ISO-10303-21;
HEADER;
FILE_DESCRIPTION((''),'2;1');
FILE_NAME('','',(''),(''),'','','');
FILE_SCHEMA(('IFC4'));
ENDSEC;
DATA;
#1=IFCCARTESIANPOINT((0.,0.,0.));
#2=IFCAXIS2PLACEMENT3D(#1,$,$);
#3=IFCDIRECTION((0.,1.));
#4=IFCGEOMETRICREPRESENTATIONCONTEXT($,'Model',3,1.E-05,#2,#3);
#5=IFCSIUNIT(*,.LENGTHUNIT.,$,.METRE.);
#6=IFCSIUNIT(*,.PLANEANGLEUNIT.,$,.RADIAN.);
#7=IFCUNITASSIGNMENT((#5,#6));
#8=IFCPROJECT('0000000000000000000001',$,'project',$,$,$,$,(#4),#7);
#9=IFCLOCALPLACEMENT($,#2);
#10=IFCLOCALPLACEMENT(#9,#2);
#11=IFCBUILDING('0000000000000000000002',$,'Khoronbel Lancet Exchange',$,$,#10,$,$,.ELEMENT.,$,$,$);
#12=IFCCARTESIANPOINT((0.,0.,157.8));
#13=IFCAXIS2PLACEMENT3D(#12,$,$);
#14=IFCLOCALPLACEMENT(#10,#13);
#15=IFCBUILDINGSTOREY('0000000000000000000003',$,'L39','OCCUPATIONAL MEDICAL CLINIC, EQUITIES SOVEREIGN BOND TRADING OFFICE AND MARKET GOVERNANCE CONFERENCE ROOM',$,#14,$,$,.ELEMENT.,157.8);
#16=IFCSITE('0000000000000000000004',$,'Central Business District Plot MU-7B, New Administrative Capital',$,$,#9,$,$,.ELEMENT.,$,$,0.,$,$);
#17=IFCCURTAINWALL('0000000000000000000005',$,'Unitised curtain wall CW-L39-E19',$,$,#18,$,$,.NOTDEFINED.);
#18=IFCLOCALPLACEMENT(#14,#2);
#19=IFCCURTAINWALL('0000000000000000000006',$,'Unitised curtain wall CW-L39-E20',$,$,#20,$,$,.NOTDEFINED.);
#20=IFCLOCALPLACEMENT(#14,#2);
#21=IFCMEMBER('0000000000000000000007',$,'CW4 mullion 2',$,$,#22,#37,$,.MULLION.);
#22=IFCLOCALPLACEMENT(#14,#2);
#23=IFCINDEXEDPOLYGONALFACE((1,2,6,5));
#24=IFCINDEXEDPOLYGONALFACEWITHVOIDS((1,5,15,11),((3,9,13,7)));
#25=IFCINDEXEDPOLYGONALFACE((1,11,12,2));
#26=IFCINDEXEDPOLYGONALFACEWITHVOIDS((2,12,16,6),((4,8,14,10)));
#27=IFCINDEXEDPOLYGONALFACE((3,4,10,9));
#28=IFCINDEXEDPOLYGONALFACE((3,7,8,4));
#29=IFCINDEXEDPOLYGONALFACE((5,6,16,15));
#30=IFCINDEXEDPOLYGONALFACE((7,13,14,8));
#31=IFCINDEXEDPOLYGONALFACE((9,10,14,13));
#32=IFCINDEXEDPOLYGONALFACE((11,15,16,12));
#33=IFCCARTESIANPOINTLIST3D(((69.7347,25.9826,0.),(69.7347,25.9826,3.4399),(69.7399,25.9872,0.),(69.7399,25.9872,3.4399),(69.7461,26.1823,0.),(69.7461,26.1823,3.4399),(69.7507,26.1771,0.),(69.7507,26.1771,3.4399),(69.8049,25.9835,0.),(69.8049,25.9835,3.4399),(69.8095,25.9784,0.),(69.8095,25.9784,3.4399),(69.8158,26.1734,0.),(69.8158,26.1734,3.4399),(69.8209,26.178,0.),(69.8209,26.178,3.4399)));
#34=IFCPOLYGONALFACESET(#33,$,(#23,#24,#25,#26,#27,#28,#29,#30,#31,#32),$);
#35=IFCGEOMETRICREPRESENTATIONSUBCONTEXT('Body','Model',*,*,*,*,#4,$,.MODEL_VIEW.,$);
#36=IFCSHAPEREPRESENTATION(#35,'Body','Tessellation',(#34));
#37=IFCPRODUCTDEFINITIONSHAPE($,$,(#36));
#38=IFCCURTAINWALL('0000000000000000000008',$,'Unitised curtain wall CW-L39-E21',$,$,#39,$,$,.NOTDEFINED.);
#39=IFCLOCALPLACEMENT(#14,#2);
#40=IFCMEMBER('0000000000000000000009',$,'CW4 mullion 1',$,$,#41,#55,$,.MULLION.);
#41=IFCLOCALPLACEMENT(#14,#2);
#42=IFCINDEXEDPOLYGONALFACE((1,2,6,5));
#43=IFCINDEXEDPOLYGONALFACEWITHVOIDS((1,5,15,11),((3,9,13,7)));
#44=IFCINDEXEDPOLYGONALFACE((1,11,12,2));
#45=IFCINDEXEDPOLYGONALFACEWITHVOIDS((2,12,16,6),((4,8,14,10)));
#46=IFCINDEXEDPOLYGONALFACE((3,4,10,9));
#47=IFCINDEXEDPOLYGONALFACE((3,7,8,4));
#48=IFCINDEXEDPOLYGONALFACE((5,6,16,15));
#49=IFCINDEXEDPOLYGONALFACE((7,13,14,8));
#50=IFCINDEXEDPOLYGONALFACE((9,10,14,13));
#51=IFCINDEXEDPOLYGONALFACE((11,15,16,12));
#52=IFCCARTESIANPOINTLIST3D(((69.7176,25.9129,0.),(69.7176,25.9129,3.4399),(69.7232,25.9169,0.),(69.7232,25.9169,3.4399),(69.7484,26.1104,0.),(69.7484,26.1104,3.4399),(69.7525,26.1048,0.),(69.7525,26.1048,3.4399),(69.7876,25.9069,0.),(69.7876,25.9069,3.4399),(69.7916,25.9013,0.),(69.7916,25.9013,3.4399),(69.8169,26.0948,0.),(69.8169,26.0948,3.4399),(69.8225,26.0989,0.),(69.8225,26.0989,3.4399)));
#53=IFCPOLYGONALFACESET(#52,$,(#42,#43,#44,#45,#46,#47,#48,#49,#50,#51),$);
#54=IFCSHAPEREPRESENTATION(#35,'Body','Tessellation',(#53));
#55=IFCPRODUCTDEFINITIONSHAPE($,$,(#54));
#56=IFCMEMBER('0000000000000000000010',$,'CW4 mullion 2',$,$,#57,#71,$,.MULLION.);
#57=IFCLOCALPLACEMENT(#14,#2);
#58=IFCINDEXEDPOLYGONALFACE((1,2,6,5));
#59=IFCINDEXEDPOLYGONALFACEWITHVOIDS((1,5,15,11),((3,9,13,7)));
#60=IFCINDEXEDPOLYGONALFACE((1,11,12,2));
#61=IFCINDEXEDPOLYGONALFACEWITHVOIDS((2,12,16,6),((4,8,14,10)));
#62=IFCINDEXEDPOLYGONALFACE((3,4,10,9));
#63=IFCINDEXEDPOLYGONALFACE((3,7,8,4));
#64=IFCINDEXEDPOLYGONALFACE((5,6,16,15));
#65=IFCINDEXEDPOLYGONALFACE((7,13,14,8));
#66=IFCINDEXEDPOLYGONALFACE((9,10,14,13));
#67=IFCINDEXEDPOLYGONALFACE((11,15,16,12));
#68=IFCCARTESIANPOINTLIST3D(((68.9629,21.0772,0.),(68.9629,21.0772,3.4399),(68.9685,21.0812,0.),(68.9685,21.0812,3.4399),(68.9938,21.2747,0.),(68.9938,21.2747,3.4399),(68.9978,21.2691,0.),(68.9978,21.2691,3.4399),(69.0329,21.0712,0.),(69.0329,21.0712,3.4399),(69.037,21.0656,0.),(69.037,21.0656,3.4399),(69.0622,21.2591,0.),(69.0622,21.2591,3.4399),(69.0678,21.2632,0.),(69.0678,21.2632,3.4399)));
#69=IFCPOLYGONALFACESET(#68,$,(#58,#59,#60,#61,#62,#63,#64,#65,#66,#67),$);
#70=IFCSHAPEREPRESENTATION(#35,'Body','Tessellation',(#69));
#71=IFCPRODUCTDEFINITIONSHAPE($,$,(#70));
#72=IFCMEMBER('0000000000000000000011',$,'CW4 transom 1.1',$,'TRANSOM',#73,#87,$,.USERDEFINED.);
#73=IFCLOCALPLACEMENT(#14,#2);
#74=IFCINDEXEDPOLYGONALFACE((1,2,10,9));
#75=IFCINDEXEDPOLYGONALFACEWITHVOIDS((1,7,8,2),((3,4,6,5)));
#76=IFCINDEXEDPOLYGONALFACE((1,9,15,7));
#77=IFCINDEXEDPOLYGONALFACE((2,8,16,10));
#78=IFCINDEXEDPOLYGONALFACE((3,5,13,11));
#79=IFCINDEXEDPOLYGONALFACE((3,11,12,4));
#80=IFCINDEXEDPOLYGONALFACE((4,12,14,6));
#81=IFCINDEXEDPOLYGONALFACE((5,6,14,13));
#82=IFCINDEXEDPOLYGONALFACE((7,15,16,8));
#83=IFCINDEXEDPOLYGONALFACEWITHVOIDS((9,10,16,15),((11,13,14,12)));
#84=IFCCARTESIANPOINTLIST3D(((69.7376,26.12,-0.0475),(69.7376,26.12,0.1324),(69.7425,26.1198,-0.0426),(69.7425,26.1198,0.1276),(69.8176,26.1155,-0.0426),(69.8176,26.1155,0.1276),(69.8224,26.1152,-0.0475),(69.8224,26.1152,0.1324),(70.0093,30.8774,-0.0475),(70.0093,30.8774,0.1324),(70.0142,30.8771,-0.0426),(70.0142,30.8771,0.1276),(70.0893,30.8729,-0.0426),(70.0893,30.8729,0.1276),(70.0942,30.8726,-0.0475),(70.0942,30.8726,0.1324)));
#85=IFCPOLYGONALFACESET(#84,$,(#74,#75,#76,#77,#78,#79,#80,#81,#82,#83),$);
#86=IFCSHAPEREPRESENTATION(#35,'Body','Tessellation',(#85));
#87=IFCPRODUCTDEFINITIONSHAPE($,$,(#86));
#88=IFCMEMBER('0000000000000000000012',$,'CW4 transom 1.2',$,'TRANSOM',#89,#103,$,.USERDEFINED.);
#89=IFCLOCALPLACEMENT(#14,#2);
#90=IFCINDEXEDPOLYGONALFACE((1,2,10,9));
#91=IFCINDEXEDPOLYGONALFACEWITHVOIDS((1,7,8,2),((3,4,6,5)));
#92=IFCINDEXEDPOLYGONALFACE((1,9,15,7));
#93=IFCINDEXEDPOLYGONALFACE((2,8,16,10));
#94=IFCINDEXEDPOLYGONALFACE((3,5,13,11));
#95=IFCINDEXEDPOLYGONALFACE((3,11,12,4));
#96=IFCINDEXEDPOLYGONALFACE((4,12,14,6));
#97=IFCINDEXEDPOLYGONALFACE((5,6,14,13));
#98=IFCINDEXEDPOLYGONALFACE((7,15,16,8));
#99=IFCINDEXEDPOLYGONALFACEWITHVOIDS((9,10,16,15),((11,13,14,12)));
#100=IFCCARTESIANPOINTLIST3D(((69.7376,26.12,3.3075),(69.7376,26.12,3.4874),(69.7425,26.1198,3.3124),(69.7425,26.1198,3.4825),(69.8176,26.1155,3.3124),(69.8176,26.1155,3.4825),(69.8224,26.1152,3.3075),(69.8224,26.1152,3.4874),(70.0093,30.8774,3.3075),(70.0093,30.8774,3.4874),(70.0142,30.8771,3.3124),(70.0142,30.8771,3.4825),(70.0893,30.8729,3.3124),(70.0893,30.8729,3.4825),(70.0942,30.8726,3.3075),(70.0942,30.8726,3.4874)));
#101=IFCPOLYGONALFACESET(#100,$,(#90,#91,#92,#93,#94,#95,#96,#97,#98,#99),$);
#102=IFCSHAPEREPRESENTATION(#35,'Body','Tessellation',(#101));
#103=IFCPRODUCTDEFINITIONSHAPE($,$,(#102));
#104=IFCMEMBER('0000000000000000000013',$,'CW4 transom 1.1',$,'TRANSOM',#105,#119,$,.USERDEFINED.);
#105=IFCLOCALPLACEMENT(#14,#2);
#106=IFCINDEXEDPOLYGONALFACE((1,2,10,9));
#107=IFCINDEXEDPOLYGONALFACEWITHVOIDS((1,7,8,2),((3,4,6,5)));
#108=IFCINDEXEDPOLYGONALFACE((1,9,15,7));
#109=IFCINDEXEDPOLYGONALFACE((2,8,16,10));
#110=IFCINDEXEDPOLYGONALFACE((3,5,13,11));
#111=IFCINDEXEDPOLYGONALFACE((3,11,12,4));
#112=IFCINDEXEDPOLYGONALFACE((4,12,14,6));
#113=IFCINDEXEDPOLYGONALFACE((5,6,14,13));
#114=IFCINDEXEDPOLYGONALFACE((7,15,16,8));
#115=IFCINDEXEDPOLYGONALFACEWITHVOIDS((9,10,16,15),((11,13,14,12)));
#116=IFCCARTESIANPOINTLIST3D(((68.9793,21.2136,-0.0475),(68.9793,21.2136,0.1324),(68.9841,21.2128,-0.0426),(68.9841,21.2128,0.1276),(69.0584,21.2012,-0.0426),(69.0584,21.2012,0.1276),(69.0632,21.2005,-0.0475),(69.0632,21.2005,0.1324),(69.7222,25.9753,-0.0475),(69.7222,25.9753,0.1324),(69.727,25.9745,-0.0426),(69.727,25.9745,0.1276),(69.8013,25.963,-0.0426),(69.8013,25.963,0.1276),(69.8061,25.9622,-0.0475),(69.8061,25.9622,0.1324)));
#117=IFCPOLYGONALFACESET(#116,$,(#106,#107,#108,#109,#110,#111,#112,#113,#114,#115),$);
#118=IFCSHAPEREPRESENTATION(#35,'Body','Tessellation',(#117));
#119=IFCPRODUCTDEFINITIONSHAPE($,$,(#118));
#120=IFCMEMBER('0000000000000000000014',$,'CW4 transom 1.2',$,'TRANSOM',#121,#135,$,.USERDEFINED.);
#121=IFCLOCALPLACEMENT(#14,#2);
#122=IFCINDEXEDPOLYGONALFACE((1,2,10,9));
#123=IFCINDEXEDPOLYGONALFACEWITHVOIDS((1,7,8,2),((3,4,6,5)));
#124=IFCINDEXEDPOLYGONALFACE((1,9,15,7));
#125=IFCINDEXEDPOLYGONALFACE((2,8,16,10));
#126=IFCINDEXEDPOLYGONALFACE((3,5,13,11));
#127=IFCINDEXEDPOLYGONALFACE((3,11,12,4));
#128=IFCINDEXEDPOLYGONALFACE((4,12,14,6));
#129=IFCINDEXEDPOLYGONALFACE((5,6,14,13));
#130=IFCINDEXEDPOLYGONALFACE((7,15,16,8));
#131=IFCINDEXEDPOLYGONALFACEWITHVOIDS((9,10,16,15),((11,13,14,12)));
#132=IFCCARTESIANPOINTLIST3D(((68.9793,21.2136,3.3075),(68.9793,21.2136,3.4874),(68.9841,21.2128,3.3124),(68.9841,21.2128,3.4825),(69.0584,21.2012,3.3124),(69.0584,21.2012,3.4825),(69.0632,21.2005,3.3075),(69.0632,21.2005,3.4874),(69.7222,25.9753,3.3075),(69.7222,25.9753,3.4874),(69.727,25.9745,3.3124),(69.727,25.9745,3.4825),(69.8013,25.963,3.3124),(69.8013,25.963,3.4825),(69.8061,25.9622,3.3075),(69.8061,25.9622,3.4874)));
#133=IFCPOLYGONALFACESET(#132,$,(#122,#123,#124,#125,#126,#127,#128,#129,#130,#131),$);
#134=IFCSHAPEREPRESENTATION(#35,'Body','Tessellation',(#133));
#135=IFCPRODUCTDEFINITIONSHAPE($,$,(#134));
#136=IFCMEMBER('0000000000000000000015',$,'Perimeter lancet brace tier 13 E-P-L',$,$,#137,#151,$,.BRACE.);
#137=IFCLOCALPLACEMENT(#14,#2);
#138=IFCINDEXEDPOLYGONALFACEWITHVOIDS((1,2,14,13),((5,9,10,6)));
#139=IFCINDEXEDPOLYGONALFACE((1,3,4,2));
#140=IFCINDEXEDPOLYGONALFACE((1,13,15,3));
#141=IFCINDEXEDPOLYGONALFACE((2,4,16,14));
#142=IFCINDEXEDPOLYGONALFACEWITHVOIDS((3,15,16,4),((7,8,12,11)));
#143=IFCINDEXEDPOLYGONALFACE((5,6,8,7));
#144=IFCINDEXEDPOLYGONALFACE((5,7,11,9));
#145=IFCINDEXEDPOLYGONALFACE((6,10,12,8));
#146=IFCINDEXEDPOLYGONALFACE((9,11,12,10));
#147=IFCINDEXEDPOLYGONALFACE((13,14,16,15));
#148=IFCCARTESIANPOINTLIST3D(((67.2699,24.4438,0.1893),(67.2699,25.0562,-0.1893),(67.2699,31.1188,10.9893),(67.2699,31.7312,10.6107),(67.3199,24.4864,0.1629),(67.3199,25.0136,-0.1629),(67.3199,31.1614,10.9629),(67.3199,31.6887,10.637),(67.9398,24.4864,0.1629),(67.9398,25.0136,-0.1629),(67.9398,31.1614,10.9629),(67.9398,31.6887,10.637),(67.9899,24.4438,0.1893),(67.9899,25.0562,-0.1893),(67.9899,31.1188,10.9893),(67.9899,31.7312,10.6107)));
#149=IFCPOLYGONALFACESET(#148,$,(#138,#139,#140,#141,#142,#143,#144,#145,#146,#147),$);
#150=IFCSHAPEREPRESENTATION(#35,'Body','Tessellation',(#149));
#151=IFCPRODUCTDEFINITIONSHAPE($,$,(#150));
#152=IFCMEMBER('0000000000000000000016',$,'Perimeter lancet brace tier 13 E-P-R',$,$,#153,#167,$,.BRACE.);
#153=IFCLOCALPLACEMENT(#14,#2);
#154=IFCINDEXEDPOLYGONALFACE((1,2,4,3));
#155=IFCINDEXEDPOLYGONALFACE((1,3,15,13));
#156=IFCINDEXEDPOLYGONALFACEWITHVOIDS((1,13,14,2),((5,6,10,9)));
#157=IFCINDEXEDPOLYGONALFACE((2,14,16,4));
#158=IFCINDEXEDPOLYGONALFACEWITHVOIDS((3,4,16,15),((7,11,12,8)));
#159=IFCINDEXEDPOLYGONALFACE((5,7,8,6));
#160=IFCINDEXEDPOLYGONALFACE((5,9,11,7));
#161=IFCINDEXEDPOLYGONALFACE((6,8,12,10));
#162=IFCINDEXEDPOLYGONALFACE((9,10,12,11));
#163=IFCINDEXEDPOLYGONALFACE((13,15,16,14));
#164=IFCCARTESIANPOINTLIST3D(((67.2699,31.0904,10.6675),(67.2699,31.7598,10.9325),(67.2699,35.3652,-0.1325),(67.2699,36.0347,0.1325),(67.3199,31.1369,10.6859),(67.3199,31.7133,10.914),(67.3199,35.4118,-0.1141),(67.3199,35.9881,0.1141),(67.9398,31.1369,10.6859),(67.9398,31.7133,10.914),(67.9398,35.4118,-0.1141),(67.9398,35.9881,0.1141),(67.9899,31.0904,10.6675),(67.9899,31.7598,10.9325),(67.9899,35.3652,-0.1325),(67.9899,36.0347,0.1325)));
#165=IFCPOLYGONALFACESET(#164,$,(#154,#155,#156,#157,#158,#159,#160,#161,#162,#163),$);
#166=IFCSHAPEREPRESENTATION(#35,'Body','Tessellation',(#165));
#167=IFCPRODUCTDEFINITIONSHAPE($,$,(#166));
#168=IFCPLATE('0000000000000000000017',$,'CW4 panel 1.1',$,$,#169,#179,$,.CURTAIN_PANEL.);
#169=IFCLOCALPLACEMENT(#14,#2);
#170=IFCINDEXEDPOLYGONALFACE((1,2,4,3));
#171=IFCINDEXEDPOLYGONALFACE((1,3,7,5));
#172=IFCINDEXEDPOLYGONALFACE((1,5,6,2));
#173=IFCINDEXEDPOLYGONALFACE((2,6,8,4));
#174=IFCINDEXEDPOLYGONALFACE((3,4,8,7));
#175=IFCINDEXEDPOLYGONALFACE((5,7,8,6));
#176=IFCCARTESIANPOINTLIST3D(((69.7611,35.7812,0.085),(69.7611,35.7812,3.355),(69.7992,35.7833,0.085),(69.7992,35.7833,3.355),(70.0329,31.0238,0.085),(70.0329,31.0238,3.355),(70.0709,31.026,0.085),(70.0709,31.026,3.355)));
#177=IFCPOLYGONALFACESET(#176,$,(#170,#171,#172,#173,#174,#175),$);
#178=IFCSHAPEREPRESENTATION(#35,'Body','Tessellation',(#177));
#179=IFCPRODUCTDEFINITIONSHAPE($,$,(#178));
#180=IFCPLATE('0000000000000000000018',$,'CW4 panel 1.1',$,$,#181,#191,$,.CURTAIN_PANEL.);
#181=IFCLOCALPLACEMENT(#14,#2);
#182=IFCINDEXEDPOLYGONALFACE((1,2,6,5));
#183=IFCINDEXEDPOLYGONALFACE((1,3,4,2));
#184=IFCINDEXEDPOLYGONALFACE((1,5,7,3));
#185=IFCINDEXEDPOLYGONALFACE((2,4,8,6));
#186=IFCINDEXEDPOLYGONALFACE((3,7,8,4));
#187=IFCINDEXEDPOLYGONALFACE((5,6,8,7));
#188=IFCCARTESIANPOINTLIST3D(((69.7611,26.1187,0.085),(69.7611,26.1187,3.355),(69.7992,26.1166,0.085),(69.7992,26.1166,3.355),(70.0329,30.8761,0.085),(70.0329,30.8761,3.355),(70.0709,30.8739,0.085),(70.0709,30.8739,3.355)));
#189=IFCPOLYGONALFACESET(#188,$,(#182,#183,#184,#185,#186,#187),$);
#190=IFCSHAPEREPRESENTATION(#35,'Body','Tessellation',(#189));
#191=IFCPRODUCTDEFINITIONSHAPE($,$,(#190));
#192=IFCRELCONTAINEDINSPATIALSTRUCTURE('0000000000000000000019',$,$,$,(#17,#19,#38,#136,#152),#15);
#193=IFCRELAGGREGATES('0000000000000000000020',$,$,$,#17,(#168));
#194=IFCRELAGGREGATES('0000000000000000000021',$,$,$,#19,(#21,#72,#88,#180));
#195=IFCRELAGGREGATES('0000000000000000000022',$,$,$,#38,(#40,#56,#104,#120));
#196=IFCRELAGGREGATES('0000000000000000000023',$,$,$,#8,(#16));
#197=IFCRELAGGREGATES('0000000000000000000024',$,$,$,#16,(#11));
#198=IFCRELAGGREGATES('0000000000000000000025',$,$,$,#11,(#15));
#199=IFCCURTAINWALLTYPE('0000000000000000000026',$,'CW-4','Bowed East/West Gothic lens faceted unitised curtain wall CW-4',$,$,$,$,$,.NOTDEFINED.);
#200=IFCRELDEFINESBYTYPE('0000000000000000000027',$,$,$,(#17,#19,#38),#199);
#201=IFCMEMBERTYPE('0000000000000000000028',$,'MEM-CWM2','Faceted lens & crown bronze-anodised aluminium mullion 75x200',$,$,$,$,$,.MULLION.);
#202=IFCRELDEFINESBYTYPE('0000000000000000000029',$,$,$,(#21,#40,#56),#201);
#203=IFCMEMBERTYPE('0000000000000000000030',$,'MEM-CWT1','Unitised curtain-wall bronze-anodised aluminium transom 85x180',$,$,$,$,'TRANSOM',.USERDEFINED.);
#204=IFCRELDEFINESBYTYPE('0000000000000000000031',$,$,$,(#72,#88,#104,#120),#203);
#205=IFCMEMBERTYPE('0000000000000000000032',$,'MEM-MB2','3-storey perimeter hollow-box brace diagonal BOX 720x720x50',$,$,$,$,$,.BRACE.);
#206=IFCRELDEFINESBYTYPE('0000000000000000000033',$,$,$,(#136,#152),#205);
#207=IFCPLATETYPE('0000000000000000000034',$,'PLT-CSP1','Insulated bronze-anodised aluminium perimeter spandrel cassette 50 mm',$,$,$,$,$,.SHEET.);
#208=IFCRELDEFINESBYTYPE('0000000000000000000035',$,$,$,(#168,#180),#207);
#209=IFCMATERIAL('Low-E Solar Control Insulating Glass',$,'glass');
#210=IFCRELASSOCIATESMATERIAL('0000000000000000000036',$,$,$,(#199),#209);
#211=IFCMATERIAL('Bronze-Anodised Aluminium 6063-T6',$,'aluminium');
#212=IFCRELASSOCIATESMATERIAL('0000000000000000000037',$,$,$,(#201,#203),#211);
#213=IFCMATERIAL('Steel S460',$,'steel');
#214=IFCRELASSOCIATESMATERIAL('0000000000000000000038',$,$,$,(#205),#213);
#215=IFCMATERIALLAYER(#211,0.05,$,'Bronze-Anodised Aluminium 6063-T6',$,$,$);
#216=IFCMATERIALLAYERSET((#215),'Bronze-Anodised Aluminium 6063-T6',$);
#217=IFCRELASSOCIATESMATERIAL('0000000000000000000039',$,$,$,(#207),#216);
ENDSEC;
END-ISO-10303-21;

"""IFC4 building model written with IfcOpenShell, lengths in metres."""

from ifc_helpers import new_model, si_unit, direction, frame, origin, origin_2d, place, context, subcontext, project, spatial, rectangle, hollow_rectangle, extrude, material, layer, layer_set, material_profile, profile_set, type_object, element, aggregate, save


model = new_model("IFC4")

# Units and contexts
model_context = context("Model", 3, precision=1e-05, world=origin(), true_north=direction((0.0, 1.0)))
body_context = subcontext(model_context, "Body", "Model", "MODEL_VIEW")
ifc_project = project(units=[si_unit("LENGTHUNIT", "METRE"), si_unit("PLANEANGLEUNIT", "RADIAN")], contexts=[model_context])

# Site, building, storey
site_placement = place(None, origin())
site = spatial("IfcSite", under=ifc_project, at=site_placement, Name="Central Business District Plot MU-7B, New Administrative Capital", CompositionType="ELEMENT", RefElevation=0.0)
building_placement = place(site_placement, origin())
building = spatial("IfcBuilding", under=site, at=building_placement, Name="Khoronbel Lancet Exchange", CompositionType="ELEMENT")
storey_placement = place(building_placement, frame((0.0, 0.0, 157.8)))
storey = spatial("IfcBuildingStorey", under=building, at=storey_placement, Name="L39", Description="OCCUPATIONAL MEDICAL CLINIC, EQUITIES SOVEREIGN BOND TRADING OFFICE AND MARKET GOVERNANCE CONFERENCE ROOM", CompositionType="ELEMENT", Elevation=157.8)

# Curtain wall
ifc_material_1 = material(Name="Low-E Solar Control Insulating Glass", Category="glass")
curtain_wall_type = type_object("IfcCurtainWallType", Name="CW-4", Description="Bowed East/West Gothic lens faceted unitised curtain wall CW-4", PredefinedType="NOTDEFINED", material=ifc_material_1)
curtain_wall_1_placement = place(storey_placement, origin())
curtain_wall_1 = element("IfcCurtainWall", 1, at=curtain_wall_1_placement, inside=storey, type_object=curtain_wall_type, Name="Unitised curtain wall CW-L39-E19", PredefinedType="NOTDEFINED")
ifc_material_2 = material(Name="Bronze-Anodised Aluminium 6063-T6", Category="aluminium")
ifc_material_profile_1 = material_profile(ifc_material_2, hollow_rectangle(XDim=0.075, YDim=0.2, WallThickness=0.0049, at=origin_2d()), Name="ALU MULLION 75x200")
ifc_profile_set_1 = profile_set([ifc_material_profile_1], Name="Bronze-Anodised Aluminium 6063-T6")
member_type_1 = type_object("IfcMemberType", Name="MEM-CWM2", Description="Faceted lens & crown bronze-anodised aluminium mullion 75x200", PredefinedType="MULLION", material=ifc_profile_set_1)

# Curtain walls, members
curtain_wall_2_placement = place(storey_placement, origin())
curtain_wall_2 = element("IfcCurtainWall", 2, at=curtain_wall_2_placement, inside=storey, type_object=curtain_wall_type, Name="Unitised curtain wall CW-L39-E20", PredefinedType="NOTDEFINED")
member_1_placement = place(storey_placement, frame((69.7778, 26.0803, 0.0), z_axis=(0.0, 0.0, 1.0), x_axis=(0.998373, -0.057027, 0.0)))
member_1 = element("IfcMember", 3, at=member_1_placement, type_object=member_type_1, Name="CW4 mullion 2", PredefinedType="MULLION", context=body_context, shape_type="SweptSolid", body=[
    extrude(hollow_rectangle(XDim=0.075, YDim=0.2, WallThickness=0.0049, at=origin_2d()), origin(), (0.0, 0.0, 1.0), 3.4399),
])
curtain_wall_3_placement = place(storey_placement, origin())
curtain_wall_3 = element("IfcCurtainWall", 4, at=curtain_wall_3_placement, inside=storey, type_object=curtain_wall_type, Name="Unitised curtain wall CW-L39-E21", PredefinedType="NOTDEFINED")
member_2_placement = place(storey_placement, frame((69.77, 26.0059, 0.0), z_axis=(0.0, 0.0, 1.0), x_axis=(0.988041, -0.154189, 0.0)))
member_2 = element("IfcMember", 5, at=member_2_placement, type_object=member_type_1, Name="CW4 mullion 1", PredefinedType="MULLION", context=body_context, shape_type="SweptSolid", body=[
    extrude(hollow_rectangle(XDim=0.075, YDim=0.2, WallThickness=0.0049, at=origin_2d()), origin(), (0.0, 0.0, 1.0), 3.4399),
])
member_3_placement = place(storey_placement, frame((69.0154, 21.1702, 0.0), z_axis=(0.0, 0.0, 1.0), x_axis=(0.988041, -0.154189, 0.0)))
member_3 = element("IfcMember", 6, at=member_3_placement, type_object=member_type_1, Name="CW4 mullion 2", PredefinedType="MULLION", context=body_context, shape_type="SweptSolid", body=[
    extrude(hollow_rectangle(XDim=0.075, YDim=0.2, WallThickness=0.0049, at=origin_2d()), origin(), (0.0, 0.0, 1.0), 3.4399),
])

# Members
ifc_material_profile_2 = material_profile(ifc_material_2, hollow_rectangle(XDim=0.085, YDim=0.1799, WallThickness=0.0049, at=origin_2d()), Name="ALU TRANSOM 85x180")
ifc_profile_set_2 = profile_set([ifc_material_profile_2], Name="Bronze-Anodised Aluminium 6063-T6")
member_type_2 = type_object("IfcMemberType", Name="MEM-CWT1", Description="Unitised curtain-wall bronze-anodised aluminium transom 85x180", ElementType="TRANSOM", PredefinedType="USERDEFINED", material=ifc_profile_set_2)
member_4_placement = place(storey_placement, frame((70.0518, 30.875, 0.0425), z_axis=(-0.057025, -0.998373, 0.0), x_axis=(0.998373, -0.057025, 0.0)))
member_4 = element("IfcMember", 7, at=member_4_placement, type_object=member_type_2, Name="CW4 transom 1.1", ObjectType="TRANSOM", PredefinedType="USERDEFINED", context=body_context, shape_type="SweptSolid", body=[
    extrude(hollow_rectangle(XDim=0.085, YDim=0.1799, WallThickness=0.0049, at=origin_2d()), origin(), (0.0, 0.0, 1.0), 4.7651),
])
member_5_placement = place(storey_placement, frame((70.0518, 30.875, 3.3975), z_axis=(-0.057025, -0.998373, 0.0), x_axis=(0.998373, -0.057025, 0.0)))
member_5 = element("IfcMember", 8, at=member_5_placement, type_object=member_type_2, Name="CW4 transom 1.2", ObjectType="TRANSOM", PredefinedType="USERDEFINED", context=body_context, shape_type="SweptSolid", body=[
    extrude(hollow_rectangle(XDim=0.085, YDim=0.1799, WallThickness=0.0049, at=origin_2d()), origin(), (0.0, 0.0, 1.0), 4.7651),
])
member_6_placement = place(storey_placement, frame((69.7642, 25.9688, 0.0425), z_axis=(-0.154154, -0.988047, 0.0), x_axis=(0.988047, -0.154154, 0.0)))
member_6 = element("IfcMember", 9, at=member_6_placement, type_object=member_type_2, Name="CW4 transom 1.1", ObjectType="TRANSOM", PredefinedType="USERDEFINED", context=body_context, shape_type="SweptSolid", body=[
    extrude(hollow_rectangle(XDim=0.085, YDim=0.1799, WallThickness=0.0049, at=origin_2d()), origin(), (0.0, 0.0, 1.0), 4.8193),
])
member_7_placement = place(storey_placement, frame((69.7642, 25.9688, 3.3975), z_axis=(-0.154154, -0.988047, 0.0), x_axis=(0.988047, -0.154154, 0.0)))
member_7 = element("IfcMember", 10, at=member_7_placement, type_object=member_type_2, Name="CW4 transom 1.2", ObjectType="TRANSOM", PredefinedType="USERDEFINED", context=body_context, shape_type="SweptSolid", body=[
    extrude(hollow_rectangle(XDim=0.085, YDim=0.1799, WallThickness=0.0049, at=origin_2d()), origin(), (0.0, 0.0, 1.0), 4.8193),
])

# Members
ifc_material_3 = material(Name="Steel S460", Category="steel")
ifc_material_profile_3 = material_profile(ifc_material_3, hollow_rectangle(XDim=0.72, YDim=0.72, WallThickness=0.05, at=origin_2d()), Name="BOX 720x720x50")
ifc_profile_set_3 = profile_set([ifc_material_profile_3], Name="Steel S460")
member_type_3 = type_object("IfcMemberType", Name="MEM-MB2", Description="3-storey perimeter hollow-box brace diagonal BOX 720x720x50", PredefinedType="BRACE", material=ifc_profile_set_3)
member_8_placement = place(storey_placement, frame((67.6299, 24.75, 0.0), z_axis=(0.0, 0.525745, 0.850642), x_axis=(-1.0, 0.0, 0.0)))
element("IfcMember", 11, at=member_8_placement, inside=storey, type_object=member_type_3, Name="Perimeter lancet brace tier 13 E-P-L", PredefinedType="BRACE", context=body_context, shape_type="SweptSolid", body=[
    extrude(hollow_rectangle(XDim=0.72, YDim=0.72, WallThickness=0.05, at=origin_2d()), origin(), (0.0, 0.0, 1.0), 12.6963),
])
member_9_placement = place(storey_placement, frame((67.6299, 35.7, 0.0), z_axis=(0.0, -0.36804, 0.92981), x_axis=(1.0, 0.0, 0.0)))
element("IfcMember", 12, at=member_9_placement, inside=storey, type_object=member_type_3, Name="Perimeter lancet brace tier 13 E-P-R", PredefinedType="BRACE", context=body_context, shape_type="SweptSolid", body=[
    extrude(hollow_rectangle(XDim=0.72, YDim=0.72, WallThickness=0.05, at=origin_2d()), origin(), (0.0, 0.0, 1.0), 11.6152),
])

# Plates
ifc_layer_1 = layer(ifc_material_2, 0.05, Name="Bronze-Anodised Aluminium 6063-T6")
ifc_layer_set_1 = layer_set([ifc_layer_1], Name="Bronze-Anodised Aluminium 6063-T6")
plate_type_1 = type_object("IfcPlateType", Name="PLT-CSP1", Description="Insulated bronze-anodised aluminium perimeter spandrel cassette 50 mm", PredefinedType="SHEET", material=ifc_layer_set_1)
plate_1_placement = place(storey_placement, frame((69.916, 33.4036, 0.085), z_axis=(0.0, 0.0, 1.0), x_axis=(0.057027, -0.998373, 0.0)))
plate_1 = element("IfcPlate", 13, at=plate_1_placement, type_object=plate_type_1, Name="CW4 panel 1.1", PredefinedType="CURTAIN_PANEL", context=body_context, shape_type="SweptSolid", body=[
    extrude(rectangle(XDim=4.7651, YDim=0.0381, at=origin_2d()), origin(), (0.0, 0.0, 1.0), 3.27),
])
aggregate(curtain_wall_1, [plate_1])
plate_2_placement = place(storey_placement, frame((69.916, 28.4963, 0.085), z_axis=(0.0, 0.0, 1.0), x_axis=(-0.057027, -0.998373, 0.0)))
plate_2 = element("IfcPlate", 14, at=plate_2_placement, type_object=plate_type_1, Name="CW4 panel 1.1", PredefinedType="CURTAIN_PANEL", context=body_context, shape_type="SweptSolid", body=[
    extrude(rectangle(XDim=4.7651, YDim=0.0381, at=origin_2d()), origin(), (0.0, 0.0, 1.0), 3.27),
])
aggregate(curtain_wall_2, [member_1, member_4, member_5, plate_2])
aggregate(curtain_wall_3, [member_2, member_3, member_6, member_7])

save(model, "model.ifc")
